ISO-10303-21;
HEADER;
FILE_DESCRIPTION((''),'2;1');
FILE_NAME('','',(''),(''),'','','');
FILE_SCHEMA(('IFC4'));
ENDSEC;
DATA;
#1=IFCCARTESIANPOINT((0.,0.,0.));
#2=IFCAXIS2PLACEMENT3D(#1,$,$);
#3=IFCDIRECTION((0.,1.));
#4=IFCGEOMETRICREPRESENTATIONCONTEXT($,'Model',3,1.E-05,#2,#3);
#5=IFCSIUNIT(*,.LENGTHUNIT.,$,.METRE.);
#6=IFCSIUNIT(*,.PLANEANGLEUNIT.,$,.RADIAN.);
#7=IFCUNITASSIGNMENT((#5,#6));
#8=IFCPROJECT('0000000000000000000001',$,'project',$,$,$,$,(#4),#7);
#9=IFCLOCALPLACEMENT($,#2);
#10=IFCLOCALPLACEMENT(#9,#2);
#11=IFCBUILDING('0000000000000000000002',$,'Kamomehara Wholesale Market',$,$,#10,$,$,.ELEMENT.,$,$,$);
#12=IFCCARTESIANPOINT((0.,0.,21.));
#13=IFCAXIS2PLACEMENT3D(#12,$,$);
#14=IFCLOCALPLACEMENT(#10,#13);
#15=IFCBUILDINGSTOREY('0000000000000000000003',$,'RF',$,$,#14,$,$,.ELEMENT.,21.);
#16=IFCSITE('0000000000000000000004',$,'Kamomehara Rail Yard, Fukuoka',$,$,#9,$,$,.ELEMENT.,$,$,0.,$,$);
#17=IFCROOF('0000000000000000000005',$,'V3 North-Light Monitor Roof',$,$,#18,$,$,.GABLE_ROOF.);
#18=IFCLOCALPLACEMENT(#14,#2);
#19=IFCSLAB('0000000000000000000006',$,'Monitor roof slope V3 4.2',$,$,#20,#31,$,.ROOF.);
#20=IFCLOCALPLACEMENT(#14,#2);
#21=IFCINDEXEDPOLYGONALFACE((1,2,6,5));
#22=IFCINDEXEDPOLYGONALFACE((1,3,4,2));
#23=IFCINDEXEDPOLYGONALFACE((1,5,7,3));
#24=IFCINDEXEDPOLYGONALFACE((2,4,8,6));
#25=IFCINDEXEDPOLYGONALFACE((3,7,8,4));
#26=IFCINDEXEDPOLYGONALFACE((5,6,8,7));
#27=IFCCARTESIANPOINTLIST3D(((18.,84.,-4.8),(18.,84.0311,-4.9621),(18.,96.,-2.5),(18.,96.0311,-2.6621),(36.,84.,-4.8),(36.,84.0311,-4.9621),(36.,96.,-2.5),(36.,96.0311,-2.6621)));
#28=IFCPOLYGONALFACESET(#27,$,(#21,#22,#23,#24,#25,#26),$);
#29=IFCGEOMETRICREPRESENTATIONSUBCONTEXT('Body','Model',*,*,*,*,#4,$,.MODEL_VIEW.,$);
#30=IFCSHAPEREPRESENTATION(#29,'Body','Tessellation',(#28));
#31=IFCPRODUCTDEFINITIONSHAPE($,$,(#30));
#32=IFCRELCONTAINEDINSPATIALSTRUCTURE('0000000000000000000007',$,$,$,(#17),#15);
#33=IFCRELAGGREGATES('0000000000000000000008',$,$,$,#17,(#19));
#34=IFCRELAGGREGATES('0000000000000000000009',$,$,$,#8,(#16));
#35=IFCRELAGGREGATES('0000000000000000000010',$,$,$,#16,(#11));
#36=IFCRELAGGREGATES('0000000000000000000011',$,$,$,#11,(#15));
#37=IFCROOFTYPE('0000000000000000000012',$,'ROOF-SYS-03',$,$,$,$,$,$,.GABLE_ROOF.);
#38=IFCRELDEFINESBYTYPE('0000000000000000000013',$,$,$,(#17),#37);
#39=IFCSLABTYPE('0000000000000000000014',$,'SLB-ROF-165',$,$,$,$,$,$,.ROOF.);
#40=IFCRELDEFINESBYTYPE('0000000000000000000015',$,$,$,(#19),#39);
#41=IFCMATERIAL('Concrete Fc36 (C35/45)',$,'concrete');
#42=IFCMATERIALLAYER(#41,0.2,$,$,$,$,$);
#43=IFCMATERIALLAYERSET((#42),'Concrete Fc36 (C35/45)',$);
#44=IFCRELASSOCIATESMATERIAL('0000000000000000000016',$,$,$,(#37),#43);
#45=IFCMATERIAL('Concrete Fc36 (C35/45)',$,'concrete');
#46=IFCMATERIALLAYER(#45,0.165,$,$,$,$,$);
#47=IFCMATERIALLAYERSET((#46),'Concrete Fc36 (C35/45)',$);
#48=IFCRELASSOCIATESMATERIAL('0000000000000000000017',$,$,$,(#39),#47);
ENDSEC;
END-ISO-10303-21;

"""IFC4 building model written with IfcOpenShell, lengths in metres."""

from ifc_helpers import new_model, si_unit, direction, frame, origin, place, context, subcontext, project, spatial, polyline, outline, extrude, material, layer, layer_set, type_object, element, aggregate, save


model = new_model("IFC4")

# Units and contexts
model_context = context("Model", 3, precision=1e-05, world=origin(), true_north=direction((0.0, 1.0)))
body_context = subcontext(model_context, "Body", "Model", "MODEL_VIEW")
ifc_project = project(units=[si_unit("LENGTHUNIT", "METRE"), si_unit("PLANEANGLEUNIT", "RADIAN")], contexts=[model_context])

# Site, building, storey
site_placement = place(None, origin())
site = spatial("IfcSite", under=ifc_project, at=site_placement, Name="Kamomehara Rail Yard, Fukuoka", CompositionType="ELEMENT", RefElevation=0.0)
building_placement = place(site_placement, origin())
building = spatial("IfcBuilding", under=site, at=building_placement, Name="Kamomehara Wholesale Market", CompositionType="ELEMENT")
storey_placement = place(building_placement, frame((0.0, 0.0, 21.0)))
storey = spatial("IfcBuildingStorey", under=building, at=storey_placement, Name="RF", CompositionType="ELEMENT", Elevation=21.0)

# Roof, slab
ifc_material_1 = material(Name="Concrete Fc36 (C35/45)", Category="concrete")
ifc_layer_1 = layer(ifc_material_1, 0.2)
ifc_layer_set_1 = layer_set([ifc_layer_1], Name="Concrete Fc36 (C35/45)")
roof_type = type_object("IfcRoofType", Name="ROOF-SYS-03", PredefinedType="GABLE_ROOF", material=ifc_layer_set_1)
roof_placement = place(storey_placement, origin())
roof = element("IfcRoof", 1, at=roof_placement, inside=storey, type_object=roof_type, Name="V3 North-Light Monitor Roof", PredefinedType="GABLE_ROOF")
ifc_material_2 = material(Name="Concrete Fc36 (C35/45)", Category="concrete")
ifc_layer_2 = layer(ifc_material_2, 0.165)
ifc_layer_set_2 = layer_set([ifc_layer_2], Name="Concrete Fc36 (C35/45)")
slab_type = type_object("IfcSlabType", Name="SLB-ROF-165", PredefinedType="ROOF", material=ifc_layer_set_2)
slab_1_placement = place(storey_placement, frame((18.0, 84.0, -4.8), z_axis=(0.0, -0.188244, 0.982122), x_axis=(1.0, 0.0, 0.0)))
slab_1 = element("IfcSlab", 2, at=slab_1_placement, type_object=slab_type, Name="Monitor roof slope V3 4.2", PredefinedType="ROOF", context=body_context, shape_type="SweptSolid", body=[
    extrude(outline(polyline([(0.0, 0.0), (18.0, 0.0), (18.0, 12.2184), (0.0, 12.2184), (0.0, 0.0)])), origin(), (0.0, 0.0, -1.0), 0.165),
])
aggregate(roof, [slab_1])

save(model, "model.ifc")
